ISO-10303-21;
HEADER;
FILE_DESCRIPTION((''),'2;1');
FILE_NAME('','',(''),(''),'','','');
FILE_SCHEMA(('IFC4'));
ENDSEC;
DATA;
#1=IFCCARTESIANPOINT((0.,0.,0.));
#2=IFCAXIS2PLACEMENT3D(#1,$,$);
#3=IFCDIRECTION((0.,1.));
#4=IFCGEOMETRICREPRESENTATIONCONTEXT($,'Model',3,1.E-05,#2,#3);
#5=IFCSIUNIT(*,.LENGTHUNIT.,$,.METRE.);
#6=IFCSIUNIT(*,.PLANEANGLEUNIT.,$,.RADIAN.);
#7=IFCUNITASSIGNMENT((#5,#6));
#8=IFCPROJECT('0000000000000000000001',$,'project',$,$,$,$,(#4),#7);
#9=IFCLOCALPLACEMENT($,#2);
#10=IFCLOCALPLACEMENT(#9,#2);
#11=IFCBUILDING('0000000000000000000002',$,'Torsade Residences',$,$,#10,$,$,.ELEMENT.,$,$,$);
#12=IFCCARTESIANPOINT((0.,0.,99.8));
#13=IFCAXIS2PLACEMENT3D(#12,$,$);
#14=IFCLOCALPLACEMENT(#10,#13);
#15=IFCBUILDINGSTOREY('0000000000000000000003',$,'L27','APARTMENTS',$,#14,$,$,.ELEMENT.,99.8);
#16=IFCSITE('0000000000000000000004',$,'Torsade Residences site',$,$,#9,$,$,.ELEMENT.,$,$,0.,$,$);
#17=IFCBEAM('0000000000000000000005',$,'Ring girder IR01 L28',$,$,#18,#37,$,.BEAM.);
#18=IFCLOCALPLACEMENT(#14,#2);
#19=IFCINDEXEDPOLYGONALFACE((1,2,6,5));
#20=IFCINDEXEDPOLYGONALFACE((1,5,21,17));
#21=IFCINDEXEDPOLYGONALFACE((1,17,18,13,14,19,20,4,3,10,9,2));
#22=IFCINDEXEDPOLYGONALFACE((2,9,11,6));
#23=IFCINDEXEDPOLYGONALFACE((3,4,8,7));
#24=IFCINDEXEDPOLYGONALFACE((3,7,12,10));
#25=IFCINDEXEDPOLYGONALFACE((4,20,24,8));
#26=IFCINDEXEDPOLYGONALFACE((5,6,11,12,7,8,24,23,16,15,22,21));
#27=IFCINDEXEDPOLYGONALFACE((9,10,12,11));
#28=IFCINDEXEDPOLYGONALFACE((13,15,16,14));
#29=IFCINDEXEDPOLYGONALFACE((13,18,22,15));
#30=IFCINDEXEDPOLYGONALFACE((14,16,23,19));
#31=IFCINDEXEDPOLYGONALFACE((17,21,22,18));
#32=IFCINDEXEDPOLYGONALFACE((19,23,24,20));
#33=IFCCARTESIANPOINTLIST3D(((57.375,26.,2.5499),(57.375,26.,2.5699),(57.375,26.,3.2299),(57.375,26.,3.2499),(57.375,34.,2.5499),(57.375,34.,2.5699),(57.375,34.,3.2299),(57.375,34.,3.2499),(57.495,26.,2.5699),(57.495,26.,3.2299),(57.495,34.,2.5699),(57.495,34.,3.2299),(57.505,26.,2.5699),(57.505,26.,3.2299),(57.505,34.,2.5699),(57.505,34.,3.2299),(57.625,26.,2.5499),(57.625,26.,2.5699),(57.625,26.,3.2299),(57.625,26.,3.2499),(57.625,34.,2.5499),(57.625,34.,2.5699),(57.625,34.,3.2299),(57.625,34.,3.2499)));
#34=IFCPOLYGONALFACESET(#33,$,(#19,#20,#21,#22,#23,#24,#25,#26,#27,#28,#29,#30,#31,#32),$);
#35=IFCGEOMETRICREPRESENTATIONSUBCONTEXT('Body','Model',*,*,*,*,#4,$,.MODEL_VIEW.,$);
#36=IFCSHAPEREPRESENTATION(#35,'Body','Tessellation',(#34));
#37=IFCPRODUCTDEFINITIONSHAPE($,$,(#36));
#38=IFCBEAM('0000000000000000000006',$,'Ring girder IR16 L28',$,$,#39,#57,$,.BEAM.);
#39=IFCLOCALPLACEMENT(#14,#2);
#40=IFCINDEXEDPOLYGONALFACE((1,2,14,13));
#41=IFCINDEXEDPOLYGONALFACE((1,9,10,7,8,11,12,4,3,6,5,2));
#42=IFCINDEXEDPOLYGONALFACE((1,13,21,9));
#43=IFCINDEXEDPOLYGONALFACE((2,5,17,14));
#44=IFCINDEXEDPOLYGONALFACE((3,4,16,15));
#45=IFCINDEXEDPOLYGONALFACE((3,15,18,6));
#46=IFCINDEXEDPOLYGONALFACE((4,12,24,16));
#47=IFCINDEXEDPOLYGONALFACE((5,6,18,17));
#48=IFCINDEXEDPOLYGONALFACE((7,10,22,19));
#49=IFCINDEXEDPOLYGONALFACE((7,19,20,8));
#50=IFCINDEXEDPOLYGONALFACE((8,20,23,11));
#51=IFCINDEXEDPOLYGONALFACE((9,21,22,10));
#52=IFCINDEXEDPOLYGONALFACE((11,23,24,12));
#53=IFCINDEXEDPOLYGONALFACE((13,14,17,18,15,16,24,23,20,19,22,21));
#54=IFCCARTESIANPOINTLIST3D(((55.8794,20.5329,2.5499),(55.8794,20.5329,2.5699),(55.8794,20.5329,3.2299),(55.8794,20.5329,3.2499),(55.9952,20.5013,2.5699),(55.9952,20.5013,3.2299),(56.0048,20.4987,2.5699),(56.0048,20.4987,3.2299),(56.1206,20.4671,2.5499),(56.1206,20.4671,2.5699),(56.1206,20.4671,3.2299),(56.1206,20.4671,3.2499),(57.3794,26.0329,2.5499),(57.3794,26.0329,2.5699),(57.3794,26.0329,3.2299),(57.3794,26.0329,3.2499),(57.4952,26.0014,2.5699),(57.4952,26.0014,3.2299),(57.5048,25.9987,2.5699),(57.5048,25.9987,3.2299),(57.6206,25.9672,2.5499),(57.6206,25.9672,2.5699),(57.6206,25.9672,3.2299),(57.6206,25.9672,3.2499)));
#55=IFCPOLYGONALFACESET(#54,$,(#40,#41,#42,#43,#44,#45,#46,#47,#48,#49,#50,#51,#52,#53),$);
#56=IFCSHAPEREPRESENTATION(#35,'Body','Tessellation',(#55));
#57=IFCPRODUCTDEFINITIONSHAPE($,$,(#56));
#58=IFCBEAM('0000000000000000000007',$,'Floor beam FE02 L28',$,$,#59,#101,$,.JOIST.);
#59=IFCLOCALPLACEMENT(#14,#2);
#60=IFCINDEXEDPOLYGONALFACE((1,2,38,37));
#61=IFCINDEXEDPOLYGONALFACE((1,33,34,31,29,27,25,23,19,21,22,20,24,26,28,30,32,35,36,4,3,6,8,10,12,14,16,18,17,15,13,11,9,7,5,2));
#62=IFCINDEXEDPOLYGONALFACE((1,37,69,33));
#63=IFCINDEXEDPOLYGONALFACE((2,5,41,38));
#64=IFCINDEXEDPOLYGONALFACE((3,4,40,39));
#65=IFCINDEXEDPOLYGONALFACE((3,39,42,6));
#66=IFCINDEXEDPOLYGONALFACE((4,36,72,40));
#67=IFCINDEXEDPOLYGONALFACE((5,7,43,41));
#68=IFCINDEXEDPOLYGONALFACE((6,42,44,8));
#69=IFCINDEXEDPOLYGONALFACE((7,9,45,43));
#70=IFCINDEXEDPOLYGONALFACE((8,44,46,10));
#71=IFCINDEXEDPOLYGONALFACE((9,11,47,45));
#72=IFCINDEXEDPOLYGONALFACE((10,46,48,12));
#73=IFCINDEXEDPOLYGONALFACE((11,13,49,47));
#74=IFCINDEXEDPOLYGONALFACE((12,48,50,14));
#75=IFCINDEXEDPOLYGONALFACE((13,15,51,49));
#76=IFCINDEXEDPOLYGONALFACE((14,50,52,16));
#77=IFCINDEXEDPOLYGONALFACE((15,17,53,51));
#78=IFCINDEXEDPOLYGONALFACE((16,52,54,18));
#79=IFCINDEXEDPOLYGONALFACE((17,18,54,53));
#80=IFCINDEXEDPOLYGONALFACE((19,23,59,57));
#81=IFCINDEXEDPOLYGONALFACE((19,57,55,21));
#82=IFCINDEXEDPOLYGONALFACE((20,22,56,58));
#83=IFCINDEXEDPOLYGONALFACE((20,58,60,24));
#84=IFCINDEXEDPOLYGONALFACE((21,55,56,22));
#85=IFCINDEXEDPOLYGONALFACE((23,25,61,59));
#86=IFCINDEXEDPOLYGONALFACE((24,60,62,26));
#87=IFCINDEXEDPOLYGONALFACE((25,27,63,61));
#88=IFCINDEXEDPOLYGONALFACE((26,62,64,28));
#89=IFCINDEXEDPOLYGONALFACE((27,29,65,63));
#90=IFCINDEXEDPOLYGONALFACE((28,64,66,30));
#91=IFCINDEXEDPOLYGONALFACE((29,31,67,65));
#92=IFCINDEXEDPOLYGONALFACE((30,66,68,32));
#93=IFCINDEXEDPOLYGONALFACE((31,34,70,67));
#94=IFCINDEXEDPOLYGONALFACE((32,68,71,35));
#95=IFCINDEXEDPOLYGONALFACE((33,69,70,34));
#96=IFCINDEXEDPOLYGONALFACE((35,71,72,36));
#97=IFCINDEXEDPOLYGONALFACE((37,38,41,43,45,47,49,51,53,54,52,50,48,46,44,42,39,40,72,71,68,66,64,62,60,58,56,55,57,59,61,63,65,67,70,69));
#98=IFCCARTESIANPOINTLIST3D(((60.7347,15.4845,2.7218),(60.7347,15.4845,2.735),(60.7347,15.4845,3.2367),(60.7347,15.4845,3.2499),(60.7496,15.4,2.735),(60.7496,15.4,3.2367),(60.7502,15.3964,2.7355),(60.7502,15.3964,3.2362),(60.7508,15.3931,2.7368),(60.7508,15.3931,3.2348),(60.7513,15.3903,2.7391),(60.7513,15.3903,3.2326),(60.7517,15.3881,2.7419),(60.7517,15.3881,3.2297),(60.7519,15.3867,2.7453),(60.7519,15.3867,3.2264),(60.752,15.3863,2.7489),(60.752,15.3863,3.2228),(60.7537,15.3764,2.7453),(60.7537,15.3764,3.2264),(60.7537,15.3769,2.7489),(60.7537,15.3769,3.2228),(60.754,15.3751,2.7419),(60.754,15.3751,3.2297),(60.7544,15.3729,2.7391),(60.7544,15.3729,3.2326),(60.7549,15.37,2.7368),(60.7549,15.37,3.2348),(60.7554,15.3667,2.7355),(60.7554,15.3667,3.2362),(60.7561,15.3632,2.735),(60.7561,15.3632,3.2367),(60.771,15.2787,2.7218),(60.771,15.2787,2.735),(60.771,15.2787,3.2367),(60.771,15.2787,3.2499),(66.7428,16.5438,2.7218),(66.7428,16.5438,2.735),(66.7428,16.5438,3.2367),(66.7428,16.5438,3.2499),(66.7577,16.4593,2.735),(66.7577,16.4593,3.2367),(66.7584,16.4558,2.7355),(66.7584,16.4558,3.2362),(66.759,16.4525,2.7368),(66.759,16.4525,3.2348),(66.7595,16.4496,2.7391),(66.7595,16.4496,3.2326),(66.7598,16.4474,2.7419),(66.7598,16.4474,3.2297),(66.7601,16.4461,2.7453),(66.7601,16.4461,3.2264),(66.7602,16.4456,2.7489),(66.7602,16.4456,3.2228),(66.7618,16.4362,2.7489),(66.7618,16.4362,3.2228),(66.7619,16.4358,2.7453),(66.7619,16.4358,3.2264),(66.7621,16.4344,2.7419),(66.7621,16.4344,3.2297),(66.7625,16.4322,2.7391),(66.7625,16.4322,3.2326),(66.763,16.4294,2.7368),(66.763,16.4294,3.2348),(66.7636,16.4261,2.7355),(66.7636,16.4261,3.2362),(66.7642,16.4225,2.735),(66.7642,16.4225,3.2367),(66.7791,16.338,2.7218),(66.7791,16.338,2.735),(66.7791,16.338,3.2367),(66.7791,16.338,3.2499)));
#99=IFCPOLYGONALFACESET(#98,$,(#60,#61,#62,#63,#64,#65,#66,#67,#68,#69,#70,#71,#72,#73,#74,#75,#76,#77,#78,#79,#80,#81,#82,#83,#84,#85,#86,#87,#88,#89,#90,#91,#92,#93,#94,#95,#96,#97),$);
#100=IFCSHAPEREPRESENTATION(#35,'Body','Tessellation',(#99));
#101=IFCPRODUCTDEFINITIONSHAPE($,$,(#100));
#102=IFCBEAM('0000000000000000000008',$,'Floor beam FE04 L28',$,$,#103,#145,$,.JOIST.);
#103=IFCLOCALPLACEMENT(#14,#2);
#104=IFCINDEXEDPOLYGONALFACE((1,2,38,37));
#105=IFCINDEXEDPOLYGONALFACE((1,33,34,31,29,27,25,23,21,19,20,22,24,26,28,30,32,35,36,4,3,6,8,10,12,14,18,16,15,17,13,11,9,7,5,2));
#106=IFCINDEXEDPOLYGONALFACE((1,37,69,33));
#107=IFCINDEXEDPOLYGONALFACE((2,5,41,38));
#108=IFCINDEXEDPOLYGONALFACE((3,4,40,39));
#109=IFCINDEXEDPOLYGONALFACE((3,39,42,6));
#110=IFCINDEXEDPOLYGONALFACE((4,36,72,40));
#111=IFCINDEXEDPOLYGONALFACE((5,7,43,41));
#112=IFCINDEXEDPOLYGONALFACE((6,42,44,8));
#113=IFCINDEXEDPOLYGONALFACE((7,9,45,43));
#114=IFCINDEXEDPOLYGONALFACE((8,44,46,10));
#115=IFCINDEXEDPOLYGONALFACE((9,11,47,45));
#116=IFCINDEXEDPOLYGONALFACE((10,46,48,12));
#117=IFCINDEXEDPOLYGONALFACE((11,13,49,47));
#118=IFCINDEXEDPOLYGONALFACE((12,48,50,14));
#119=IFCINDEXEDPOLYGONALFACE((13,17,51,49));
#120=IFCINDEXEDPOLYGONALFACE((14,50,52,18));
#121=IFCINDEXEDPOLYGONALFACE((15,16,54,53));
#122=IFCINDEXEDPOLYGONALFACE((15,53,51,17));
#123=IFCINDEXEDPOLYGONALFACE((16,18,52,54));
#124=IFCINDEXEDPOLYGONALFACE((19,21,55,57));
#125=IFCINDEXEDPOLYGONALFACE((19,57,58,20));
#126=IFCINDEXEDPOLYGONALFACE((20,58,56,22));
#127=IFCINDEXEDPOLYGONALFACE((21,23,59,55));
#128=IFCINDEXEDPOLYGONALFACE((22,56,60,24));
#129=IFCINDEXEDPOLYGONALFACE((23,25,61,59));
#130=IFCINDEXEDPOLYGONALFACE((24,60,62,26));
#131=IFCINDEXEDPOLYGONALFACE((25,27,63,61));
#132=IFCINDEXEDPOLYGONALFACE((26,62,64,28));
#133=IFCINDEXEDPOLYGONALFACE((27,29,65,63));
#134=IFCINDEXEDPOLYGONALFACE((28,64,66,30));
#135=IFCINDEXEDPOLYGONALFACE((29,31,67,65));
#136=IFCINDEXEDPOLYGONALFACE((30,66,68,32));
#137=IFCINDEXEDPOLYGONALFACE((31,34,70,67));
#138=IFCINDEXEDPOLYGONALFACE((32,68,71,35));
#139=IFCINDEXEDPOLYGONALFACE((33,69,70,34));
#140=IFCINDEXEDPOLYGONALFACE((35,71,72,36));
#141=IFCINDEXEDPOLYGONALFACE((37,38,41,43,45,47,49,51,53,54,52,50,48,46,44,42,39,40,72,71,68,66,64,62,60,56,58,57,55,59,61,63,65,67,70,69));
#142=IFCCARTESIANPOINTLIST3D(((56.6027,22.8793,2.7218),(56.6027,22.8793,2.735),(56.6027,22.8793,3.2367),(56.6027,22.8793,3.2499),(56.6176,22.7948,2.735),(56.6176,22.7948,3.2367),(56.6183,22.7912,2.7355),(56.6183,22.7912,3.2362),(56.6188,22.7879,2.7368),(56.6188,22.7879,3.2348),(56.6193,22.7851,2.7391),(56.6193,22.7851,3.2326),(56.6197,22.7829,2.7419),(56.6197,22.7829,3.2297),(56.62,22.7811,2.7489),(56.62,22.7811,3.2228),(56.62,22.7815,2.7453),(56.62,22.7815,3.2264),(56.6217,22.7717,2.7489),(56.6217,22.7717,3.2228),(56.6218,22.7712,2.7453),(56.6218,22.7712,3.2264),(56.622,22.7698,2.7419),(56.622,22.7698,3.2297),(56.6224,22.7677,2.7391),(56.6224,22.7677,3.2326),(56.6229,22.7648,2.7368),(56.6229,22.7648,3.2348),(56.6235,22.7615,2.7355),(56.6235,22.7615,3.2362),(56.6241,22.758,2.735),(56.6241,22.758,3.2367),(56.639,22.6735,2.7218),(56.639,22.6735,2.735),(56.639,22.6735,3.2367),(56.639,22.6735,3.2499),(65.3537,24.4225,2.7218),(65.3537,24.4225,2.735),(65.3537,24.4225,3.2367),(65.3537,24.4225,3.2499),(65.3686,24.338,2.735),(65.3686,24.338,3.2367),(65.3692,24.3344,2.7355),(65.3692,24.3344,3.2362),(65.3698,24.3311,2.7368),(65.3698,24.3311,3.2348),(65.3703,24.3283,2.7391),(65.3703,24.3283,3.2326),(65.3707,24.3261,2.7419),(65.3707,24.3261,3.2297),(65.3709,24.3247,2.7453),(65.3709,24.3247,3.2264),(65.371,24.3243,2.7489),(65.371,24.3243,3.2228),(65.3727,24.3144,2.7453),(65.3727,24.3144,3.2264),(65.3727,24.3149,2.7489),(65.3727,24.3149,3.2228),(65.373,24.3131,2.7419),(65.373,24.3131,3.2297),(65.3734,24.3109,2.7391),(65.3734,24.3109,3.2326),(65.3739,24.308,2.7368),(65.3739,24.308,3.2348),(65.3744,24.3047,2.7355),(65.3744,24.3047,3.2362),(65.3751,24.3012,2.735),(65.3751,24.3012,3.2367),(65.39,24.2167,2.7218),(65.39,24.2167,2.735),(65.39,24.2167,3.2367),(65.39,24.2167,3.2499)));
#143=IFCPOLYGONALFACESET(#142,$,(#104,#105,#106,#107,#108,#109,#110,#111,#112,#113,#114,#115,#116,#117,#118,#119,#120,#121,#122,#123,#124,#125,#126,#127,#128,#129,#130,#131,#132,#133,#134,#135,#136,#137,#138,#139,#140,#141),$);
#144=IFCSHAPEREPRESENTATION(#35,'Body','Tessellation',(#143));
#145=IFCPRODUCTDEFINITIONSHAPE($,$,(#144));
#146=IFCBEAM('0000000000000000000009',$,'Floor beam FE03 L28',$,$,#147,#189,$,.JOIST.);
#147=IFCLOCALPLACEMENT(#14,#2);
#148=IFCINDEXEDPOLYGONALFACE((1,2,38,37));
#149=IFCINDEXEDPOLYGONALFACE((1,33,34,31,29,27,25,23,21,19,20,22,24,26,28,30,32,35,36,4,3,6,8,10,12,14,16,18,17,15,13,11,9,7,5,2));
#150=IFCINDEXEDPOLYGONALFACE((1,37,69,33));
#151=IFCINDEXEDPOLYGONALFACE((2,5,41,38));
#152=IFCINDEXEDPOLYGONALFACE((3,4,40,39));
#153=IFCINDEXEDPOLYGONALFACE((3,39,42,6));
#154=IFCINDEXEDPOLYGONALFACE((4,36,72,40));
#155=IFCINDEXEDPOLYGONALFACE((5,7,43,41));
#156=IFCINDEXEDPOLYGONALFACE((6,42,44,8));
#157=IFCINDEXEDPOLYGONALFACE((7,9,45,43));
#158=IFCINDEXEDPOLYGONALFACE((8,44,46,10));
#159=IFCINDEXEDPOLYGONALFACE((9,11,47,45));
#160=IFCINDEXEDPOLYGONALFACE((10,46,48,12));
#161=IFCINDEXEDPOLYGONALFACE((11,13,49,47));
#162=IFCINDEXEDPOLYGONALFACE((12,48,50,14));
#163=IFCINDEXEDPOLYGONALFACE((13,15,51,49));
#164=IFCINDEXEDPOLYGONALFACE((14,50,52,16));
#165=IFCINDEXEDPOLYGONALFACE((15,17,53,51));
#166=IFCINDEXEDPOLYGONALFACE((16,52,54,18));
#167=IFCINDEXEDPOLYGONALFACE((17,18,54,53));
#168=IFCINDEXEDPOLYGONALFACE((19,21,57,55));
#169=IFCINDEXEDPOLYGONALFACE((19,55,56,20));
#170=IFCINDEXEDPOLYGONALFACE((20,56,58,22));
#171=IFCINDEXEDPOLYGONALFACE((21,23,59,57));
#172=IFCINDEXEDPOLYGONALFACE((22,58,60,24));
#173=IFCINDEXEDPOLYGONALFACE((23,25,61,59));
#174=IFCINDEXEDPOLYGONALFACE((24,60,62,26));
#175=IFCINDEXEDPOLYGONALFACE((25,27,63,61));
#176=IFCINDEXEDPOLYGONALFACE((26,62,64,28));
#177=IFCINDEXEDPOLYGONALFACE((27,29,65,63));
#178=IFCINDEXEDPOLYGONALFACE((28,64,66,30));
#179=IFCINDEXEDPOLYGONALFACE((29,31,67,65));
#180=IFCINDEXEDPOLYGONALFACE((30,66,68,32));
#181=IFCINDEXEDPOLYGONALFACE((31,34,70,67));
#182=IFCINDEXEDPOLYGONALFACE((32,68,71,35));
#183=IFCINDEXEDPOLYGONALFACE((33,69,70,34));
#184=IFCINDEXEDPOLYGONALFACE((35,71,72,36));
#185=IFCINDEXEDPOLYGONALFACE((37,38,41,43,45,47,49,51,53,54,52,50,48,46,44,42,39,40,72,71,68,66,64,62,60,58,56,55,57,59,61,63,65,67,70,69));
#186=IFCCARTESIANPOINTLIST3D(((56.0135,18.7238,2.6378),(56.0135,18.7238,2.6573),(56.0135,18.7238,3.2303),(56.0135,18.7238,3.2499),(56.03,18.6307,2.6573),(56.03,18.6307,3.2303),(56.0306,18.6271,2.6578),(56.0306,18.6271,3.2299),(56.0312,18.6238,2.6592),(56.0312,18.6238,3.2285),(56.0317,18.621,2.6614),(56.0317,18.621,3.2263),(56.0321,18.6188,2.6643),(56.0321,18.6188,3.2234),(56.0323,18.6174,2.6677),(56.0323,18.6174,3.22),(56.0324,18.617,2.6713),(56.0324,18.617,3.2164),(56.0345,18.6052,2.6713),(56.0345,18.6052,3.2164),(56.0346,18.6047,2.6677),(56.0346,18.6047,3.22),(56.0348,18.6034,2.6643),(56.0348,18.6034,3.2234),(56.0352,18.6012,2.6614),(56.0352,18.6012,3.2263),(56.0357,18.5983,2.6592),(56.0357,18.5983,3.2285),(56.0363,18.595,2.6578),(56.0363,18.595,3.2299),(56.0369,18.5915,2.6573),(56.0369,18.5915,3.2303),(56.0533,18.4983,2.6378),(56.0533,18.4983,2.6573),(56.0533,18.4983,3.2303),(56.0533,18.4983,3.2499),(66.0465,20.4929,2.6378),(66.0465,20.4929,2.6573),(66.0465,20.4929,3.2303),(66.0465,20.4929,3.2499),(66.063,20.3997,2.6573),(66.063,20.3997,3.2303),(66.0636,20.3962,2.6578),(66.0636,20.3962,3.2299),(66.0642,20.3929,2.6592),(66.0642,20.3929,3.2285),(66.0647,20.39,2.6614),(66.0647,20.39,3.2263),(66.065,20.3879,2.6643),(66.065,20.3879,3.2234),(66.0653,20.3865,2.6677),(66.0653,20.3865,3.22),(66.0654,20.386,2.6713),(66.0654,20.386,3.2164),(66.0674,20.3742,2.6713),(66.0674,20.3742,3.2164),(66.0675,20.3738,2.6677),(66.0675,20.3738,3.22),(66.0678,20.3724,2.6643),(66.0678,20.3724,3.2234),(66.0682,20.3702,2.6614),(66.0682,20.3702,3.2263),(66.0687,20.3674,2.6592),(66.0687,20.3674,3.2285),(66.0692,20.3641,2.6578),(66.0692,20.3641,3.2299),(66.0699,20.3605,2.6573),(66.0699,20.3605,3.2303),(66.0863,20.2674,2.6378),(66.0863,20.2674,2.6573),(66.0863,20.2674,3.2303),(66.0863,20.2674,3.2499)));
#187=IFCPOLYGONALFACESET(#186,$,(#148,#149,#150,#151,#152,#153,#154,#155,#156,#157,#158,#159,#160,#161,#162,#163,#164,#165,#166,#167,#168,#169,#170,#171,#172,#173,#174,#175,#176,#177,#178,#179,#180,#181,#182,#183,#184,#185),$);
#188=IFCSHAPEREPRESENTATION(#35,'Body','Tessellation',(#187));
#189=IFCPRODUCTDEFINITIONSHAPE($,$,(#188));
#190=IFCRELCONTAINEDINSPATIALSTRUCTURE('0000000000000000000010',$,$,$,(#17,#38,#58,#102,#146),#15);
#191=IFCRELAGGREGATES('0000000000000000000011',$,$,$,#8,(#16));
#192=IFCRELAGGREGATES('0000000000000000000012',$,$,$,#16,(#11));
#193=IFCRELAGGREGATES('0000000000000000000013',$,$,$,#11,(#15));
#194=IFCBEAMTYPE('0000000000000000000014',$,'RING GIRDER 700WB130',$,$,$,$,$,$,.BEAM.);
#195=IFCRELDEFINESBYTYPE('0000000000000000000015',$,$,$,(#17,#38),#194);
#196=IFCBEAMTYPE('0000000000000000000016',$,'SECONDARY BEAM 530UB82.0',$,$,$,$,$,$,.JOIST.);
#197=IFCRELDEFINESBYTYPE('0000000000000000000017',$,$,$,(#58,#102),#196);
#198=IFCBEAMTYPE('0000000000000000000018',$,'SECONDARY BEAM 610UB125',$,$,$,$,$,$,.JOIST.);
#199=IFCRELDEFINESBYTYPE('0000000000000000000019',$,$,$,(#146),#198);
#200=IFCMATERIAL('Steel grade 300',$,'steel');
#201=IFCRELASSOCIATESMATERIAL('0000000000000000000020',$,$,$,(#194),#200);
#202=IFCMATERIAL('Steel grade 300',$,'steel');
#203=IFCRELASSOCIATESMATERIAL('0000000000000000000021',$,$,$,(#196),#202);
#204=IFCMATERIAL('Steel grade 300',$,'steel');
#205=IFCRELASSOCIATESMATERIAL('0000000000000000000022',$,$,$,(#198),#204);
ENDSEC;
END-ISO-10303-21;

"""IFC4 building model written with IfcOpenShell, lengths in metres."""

from ifc_helpers import new_model, si_unit, direction, frame, origin, origin_2d, place, context, subcontext, project, spatial, i_section, extrude, material, material_profile, profile_set, type_object, element, save


model = new_model("IFC4")

# Units and contexts
model_context = context("Model", 3, precision=1e-05, world=origin(), true_north=direction((0.0, 1.0)))
body_context = subcontext(model_context, "Body", "Model", "MODEL_VIEW")
ifc_project = project(units=[si_unit("LENGTHUNIT", "METRE"), si_unit("PLANEANGLEUNIT", "RADIAN")], contexts=[model_context])

# Site, building, storey
site_placement = place(None, origin())
site = spatial("IfcSite", under=ifc_project, at=site_placement, Name="Torsade Residences site", CompositionType="ELEMENT", RefElevation=0.0)
building_placement = place(site_placement, origin())
building = spatial("IfcBuilding", under=site, at=building_placement, Name="Torsade Residences", CompositionType="ELEMENT")
storey_placement = place(building_placement, frame((0.0, 0.0, 99.8)))
storey = spatial("IfcBuildingStorey", under=building, at=storey_placement, Name="L27", Description="APARTMENTS", CompositionType="ELEMENT", Elevation=99.8)

# Beams
ifc_material_1 = material(Name="Steel grade 300", Category="steel")
ifc_material_profile_1 = material_profile(ifc_material_1, i_section(OverallWidth=0.25, OverallDepth=0.7, WebThickness=0.01, FlangeThickness=0.02, at=origin_2d()), Name="700WB130")
ifc_profile_set_1 = profile_set([ifc_material_profile_1], Name="Steel grade 300")
beam_type_1 = type_object("IfcBeamType", Name="RING GIRDER 700WB130", PredefinedType="BEAM", material=ifc_profile_set_1)
beam_1_placement = place(storey_placement, frame((57.5, 26.0, 2.8999), z_axis=(0.0, 1.0, 0.0), x_axis=(-1.0, 0.0, 0.0)))
element("IfcBeam", 1, at=beam_1_placement, inside=storey, type_object=beam_type_1, Name="Ring girder IR01 L28", PredefinedType="BEAM", context=body_context, shape_type="SweptSolid", body=[
    extrude(i_section(OverallWidth=0.25, OverallDepth=0.7, WebThickness=0.01, FlangeThickness=0.02, at=origin_2d()), origin(), (0.0, 0.0, 1.0), 8.0),
])
beam_2_placement = place(storey_placement, frame((56.0, 20.5, 2.8999), z_axis=(0.263117, 0.964764, 0.0), x_axis=(-0.964764, 0.263117, 0.0)))
element("IfcBeam", 2, at=beam_2_placement, inside=storey, type_object=beam_type_1, Name="Ring girder IR16 L28", PredefinedType="BEAM", context=body_context, shape_type="SweptSolid", body=[
    extrude(i_section(OverallWidth=0.25, OverallDepth=0.7, WebThickness=0.01, FlangeThickness=0.02, at=origin_2d()), origin(), (0.0, 0.0, 1.0), 5.7009),
])
ifc_material_2 = material(Name="Steel grade 300", Category="steel")
ifc_material_profile_2 = material_profile(ifc_material_2, i_section(OverallWidth=0.209, OverallDepth=0.5281, WebThickness=0.0095, FlangeThickness=0.0132, FilletRadius=0.0139, at=origin_2d()), Name="530UB82.0")
ifc_profile_set_2 = profile_set([ifc_material_profile_2], Name="Steel grade 300")
beam_type_2 = type_object("IfcBeamType", Name="SECONDARY BEAM 530UB82.0", PredefinedType="JOIST", material=ifc_profile_set_2)
beam_3_placement = place(storey_placement, frame((66.761, 16.4409, 2.9858), z_axis=(-0.984809, -0.173639, 0.0), x_axis=(0.173639, -0.984809, 0.0)))
element("IfcBeam", 3, at=beam_3_placement, inside=storey, type_object=beam_type_2, Name="Floor beam FE02 L28", PredefinedType="JOIST", context=body_context, shape_type="SweptSolid", body=[
    extrude(i_section(OverallWidth=0.209, OverallDepth=0.5281, WebThickness=0.0095, FlangeThickness=0.0132, FilletRadius=0.0139, at=origin_2d()), origin(), (0.0, 0.0, 1.0), 6.1008),
])
beam_4_placement = place(storey_placement, frame((65.3718, 24.3196, 2.9858), z_axis=(-0.984804, -0.173668, 0.0), x_axis=(0.173668, -0.984804, 0.0)))
element("IfcBeam", 4, at=beam_4_placement, inside=storey, type_object=beam_type_2, Name="Floor beam FE04 L28", PredefinedType="JOIST", context=body_context, shape_type="SweptSolid", body=[
    extrude(i_section(OverallWidth=0.209, OverallDepth=0.5281, WebThickness=0.0095, FlangeThickness=0.0132, FilletRadius=0.0139, at=origin_2d()), origin(), (0.0, 0.0, 1.0), 8.886),
])
ifc_material_3 = material(Name="Steel grade 300", Category="steel")
ifc_material_profile_3 = material_profile(ifc_material_3, i_section(OverallWidth=0.229, OverallDepth=0.6121, WebThickness=0.012, FlangeThickness=0.0195, FilletRadius=0.0139, at=origin_2d()), Name="610UB125")
ifc_profile_set_3 = profile_set([ifc_material_profile_3], Name="Steel grade 300")
beam_type_3 = type_object("IfcBeamType", Name="SECONDARY BEAM 610UB125", PredefinedType="JOIST", material=ifc_profile_set_3)
beam_5_placement = place(storey_placement, frame((66.0664, 20.3801, 2.9438), z_axis=(-0.984808, -0.173645, 0.0), x_axis=(0.173645, -0.984808, 0.0)))
element("IfcBeam", 5, at=beam_5_placement, inside=storey, type_object=beam_type_3, Name="Floor beam FE03 L28", PredefinedType="JOIST", context=body_context, shape_type="SweptSolid", body=[
    extrude(i_section(OverallWidth=0.229, OverallDepth=0.6121, WebThickness=0.012, FlangeThickness=0.0195, FilletRadius=0.0139, at=origin_2d()), origin(), (0.0, 0.0, 1.0), 10.1877),
])

save(model, "model.ifc")
